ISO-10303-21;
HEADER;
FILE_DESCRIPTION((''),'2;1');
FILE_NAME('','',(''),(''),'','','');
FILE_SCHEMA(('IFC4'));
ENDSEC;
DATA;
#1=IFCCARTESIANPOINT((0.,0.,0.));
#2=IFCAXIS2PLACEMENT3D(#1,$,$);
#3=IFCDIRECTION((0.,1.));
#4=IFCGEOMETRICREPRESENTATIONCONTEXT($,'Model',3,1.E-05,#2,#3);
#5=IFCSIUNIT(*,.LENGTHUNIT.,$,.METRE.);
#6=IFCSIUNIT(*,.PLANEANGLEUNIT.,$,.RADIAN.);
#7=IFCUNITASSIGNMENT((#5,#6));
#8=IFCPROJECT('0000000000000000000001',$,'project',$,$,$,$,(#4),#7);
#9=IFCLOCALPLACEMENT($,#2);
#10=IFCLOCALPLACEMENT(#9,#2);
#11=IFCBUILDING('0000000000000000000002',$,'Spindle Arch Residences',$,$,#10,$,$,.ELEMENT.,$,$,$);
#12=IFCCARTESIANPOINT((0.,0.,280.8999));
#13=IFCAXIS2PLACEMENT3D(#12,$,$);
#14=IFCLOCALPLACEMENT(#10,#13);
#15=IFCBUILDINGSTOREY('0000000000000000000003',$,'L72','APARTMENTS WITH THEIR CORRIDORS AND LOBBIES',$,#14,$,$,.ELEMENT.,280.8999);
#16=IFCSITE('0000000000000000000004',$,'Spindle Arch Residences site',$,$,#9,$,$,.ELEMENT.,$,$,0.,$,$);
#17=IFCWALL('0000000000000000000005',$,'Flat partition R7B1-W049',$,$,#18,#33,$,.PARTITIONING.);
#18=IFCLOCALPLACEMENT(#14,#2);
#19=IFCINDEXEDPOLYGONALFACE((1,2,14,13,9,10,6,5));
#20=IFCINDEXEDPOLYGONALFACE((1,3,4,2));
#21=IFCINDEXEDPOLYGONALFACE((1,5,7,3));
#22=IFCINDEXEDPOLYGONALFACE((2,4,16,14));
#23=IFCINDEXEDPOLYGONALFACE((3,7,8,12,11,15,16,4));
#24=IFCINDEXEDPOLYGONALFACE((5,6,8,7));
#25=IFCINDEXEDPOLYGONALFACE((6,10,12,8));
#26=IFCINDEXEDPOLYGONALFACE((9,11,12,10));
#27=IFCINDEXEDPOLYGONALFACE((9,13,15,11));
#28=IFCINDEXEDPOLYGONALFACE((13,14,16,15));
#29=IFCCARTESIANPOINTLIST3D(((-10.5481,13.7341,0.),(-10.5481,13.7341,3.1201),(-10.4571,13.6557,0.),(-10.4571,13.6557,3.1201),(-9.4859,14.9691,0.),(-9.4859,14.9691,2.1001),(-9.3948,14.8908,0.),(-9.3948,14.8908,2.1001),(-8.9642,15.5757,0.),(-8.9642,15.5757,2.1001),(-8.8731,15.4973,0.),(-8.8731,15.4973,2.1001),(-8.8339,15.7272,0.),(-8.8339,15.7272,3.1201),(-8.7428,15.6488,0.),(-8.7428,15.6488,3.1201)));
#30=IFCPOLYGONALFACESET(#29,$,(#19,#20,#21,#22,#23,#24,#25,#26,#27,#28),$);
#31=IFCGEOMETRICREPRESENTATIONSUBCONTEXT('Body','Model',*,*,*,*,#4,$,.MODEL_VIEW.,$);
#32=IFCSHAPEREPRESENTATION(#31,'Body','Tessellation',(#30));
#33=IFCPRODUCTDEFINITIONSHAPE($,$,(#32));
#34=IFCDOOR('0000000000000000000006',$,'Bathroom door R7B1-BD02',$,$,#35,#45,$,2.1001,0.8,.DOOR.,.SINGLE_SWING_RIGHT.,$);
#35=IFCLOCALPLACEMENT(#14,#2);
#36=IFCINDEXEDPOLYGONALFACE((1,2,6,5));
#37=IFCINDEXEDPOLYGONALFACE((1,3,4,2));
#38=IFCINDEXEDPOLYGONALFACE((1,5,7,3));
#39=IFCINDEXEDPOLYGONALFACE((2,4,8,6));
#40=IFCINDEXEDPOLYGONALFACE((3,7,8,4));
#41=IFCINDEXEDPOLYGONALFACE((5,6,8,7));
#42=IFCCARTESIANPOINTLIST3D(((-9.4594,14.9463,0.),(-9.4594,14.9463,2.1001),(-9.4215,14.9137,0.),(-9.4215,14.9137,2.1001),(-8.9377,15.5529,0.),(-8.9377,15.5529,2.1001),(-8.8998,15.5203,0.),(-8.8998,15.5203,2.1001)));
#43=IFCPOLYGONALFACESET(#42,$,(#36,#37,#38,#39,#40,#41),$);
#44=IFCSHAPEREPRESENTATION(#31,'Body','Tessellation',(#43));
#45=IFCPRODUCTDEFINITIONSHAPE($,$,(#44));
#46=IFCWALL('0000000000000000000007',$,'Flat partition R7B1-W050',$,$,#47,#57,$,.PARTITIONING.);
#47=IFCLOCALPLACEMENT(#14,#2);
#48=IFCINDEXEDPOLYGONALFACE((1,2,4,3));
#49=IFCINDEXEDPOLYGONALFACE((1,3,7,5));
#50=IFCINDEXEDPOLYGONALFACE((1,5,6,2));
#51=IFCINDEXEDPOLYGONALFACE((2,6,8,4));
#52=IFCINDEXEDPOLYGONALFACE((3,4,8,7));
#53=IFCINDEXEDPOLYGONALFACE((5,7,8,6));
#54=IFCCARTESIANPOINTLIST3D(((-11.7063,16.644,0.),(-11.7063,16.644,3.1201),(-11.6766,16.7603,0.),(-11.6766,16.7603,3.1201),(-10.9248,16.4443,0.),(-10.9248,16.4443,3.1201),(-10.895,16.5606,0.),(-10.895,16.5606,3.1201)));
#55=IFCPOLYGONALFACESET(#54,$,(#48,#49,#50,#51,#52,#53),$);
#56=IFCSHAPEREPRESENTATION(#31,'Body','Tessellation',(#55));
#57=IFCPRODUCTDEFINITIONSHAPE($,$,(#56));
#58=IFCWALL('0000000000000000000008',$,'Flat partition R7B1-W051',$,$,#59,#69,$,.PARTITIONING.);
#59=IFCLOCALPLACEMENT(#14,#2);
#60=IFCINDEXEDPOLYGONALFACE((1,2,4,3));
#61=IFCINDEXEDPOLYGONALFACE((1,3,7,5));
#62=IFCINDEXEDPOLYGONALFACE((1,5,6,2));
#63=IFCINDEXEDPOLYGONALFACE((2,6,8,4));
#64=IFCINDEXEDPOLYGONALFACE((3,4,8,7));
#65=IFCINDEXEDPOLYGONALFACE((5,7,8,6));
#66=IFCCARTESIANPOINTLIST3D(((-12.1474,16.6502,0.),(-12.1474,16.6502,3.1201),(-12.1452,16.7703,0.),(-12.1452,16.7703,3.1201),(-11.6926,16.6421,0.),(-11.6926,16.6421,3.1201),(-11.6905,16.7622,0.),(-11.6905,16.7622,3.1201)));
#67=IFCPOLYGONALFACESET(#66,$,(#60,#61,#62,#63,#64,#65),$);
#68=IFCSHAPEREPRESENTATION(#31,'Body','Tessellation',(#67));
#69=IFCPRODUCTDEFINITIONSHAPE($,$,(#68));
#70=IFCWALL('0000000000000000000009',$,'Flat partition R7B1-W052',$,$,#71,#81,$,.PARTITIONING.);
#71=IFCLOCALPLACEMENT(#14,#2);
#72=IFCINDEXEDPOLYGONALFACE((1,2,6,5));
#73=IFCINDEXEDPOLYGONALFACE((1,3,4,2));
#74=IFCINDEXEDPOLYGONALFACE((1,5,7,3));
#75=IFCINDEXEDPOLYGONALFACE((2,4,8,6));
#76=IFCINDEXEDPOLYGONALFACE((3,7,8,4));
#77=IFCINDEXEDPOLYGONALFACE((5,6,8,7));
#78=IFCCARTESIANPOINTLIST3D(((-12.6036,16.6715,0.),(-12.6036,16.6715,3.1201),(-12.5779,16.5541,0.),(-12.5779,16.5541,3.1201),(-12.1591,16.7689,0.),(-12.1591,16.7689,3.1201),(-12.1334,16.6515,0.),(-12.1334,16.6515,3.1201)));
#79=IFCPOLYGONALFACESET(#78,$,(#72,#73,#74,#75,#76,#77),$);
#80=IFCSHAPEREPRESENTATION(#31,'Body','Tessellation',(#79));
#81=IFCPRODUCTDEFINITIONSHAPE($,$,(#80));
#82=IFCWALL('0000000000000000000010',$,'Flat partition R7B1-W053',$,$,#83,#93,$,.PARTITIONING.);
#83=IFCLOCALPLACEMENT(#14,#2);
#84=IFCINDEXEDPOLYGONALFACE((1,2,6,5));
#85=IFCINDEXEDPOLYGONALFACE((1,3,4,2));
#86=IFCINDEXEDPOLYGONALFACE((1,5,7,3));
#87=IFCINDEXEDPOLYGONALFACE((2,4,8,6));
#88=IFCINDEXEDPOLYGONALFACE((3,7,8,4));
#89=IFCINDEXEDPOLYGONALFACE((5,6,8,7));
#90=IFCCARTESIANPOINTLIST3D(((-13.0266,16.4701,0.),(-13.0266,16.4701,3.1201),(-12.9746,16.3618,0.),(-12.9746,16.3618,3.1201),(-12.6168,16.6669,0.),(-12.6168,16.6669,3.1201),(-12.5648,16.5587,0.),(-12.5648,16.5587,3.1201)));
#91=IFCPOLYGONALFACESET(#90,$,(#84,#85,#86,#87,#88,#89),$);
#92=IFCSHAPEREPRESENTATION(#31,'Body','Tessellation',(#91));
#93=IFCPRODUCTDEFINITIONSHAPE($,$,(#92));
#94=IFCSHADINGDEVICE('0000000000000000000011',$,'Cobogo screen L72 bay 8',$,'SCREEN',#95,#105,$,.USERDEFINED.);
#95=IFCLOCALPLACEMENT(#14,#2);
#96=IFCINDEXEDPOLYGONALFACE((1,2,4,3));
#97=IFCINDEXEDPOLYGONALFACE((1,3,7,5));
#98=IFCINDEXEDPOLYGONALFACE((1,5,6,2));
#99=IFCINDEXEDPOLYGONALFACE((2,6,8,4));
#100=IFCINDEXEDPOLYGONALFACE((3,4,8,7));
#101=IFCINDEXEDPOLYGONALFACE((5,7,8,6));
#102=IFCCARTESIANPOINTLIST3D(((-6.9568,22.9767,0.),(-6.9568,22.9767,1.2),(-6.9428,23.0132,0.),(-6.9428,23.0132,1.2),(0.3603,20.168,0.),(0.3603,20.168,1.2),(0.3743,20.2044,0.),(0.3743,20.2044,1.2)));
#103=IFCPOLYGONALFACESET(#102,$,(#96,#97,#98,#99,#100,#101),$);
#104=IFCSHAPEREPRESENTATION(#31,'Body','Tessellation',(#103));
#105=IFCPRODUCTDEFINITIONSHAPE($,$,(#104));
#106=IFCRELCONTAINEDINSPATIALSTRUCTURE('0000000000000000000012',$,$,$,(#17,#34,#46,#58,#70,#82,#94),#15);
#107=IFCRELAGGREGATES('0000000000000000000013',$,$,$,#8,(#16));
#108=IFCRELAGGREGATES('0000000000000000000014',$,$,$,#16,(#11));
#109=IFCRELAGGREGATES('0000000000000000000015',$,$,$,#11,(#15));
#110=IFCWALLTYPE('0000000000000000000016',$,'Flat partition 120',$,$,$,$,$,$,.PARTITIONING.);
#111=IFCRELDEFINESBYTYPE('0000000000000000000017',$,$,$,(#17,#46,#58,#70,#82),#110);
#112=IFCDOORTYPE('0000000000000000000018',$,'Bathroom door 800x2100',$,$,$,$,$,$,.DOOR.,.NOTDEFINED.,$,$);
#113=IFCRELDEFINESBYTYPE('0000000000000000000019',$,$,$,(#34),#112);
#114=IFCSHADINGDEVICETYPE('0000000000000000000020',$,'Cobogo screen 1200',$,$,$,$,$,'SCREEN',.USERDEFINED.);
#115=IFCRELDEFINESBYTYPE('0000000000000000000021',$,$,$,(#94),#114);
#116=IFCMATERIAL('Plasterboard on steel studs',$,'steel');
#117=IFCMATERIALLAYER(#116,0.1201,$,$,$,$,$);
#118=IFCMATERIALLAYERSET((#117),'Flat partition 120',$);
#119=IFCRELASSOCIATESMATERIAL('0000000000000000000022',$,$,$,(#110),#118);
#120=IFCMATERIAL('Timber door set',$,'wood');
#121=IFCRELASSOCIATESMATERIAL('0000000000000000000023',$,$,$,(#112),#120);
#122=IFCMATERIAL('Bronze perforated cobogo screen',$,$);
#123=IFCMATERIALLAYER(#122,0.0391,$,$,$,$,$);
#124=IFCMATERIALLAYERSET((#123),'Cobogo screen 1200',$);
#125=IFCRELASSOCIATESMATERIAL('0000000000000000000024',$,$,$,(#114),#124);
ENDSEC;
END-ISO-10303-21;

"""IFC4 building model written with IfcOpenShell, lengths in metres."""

from ifc_helpers import new_model, si_unit, direction, frame, frame_2d, origin, origin_2d, place, context, subcontext, project, spatial, rectangle, extrude, material, layer, layer_set, type_object, element, fill, save


model = new_model("IFC4")

# Units and contexts
model_context = context("Model", 3, precision=1e-05, world=origin(), true_north=direction((0.0, 1.0)))
body_context = subcontext(model_context, "Body", "Model", "MODEL_VIEW")
ifc_project = project(units=[si_unit("LENGTHUNIT", "METRE"), si_unit("PLANEANGLEUNIT", "RADIAN")], contexts=[model_context])

# Site, building, storey
site_placement = place(None, origin())
site = spatial("IfcSite", under=ifc_project, at=site_placement, Name="Spindle Arch Residences site", CompositionType="ELEMENT", RefElevation=0.0)
building_placement = place(site_placement, origin())
building = spatial("IfcBuilding", under=site, at=building_placement, Name="Spindle Arch Residences", CompositionType="ELEMENT")
storey_placement = place(building_placement, frame((0.0, 0.0, 280.8999)))
storey = spatial("IfcBuildingStorey", under=building, at=storey_placement, Name="L72", Description="APARTMENTS WITH THEIR CORRIDORS AND LOBBIES", CompositionType="ELEMENT", Elevation=280.8999)

# Shared definitions
ifc_material_1 = material(Name="Plasterboard on steel studs", Category="steel")
ifc_layer_1 = layer(ifc_material_1, 0.1201)
ifc_layer_set_1 = layer_set([ifc_layer_1], Name="Flat partition 120")
wall_type = type_object("IfcWallType", Name="Flat partition 120", PredefinedType="PARTITIONING", material=ifc_layer_set_1)

# Wall, opening, door
wall_1_placement = place(storey_placement, frame((-8.7883, 15.688, 0.0), z_axis=(0.0, 0.0, 1.0), x_axis=(-0.652091, -0.758141, 0.0)))
wall_1 = element("IfcWall", 1, at=wall_1_placement, inside=storey, type_object=wall_type, Name="Flat partition R7B1-W049", PredefinedType="PARTITIONING", context=body_context, shape_type="SweptSolid", body=[
    extrude(rectangle(XDim=2.6289, YDim=0.1201, at=frame_2d((1.3145, 0.0))), origin(), (0.0, 0.0, 1.0), 3.1201),
])
opening_1_placement = place(wall_1_placement, frame((0.2, 0.0, 0.0)))
opening_1 = element("IfcOpeningElement", 2, at=opening_1_placement, cuts=wall_1, PredefinedType="OPENING", context=body_context, shape_type="SweptSolid", body=[
    extrude(rectangle(XDim=0.8, YDim=2.1001, at=frame_2d((0.3999, 1.05))), frame((0.0, 0.0701, 0.0), z_axis=(0.0, -1.0, 0.0), x_axis=(1.0, 0.0, 0.0)), (0.0, 0.0, 1.0), 0.1401),
])
ifc_material_2 = material(Name="Timber door set", Category="wood")
door_type_1 = type_object("IfcDoorType", Name="Bathroom door 800x2100", OperationType="NOTDEFINED", PredefinedType="DOOR", material=ifc_material_2)
door_1_placement = place(opening_1_placement, origin())
door_1 = element("IfcDoor", 3, at=door_1_placement, inside=storey, type_object=door_type_1, Name="Bathroom door R7B1-BD02", OperationType="SINGLE_SWING_RIGHT", OverallHeight=2.1001, OverallWidth=0.8, PredefinedType="DOOR", context=body_context, shape_type="SweptSolid", body=[
    extrude(rectangle(XDim=0.8, YDim=2.1001, at=frame_2d((0.3999, 1.05))), frame((0.0, 0.0249, 0.0), z_axis=(0.0, -1.0, 0.0), x_axis=(1.0, 0.0, 0.0)), (0.0, 0.0, 1.0), 0.05),
])
fill(opening_1, door_1)

# Walls
wall_2_placement = place(storey_placement, frame((-10.9099, 16.5024, 0.0), z_axis=(0.0, 0.0, 1.0), x_axis=(-0.968865, 0.247589, 0.0)))
element("IfcWall", 4, at=wall_2_placement, inside=storey, type_object=wall_type, Name="Flat partition R7B1-W050", PredefinedType="PARTITIONING", context=body_context, shape_type="SweptSolid", body=[
    extrude(rectangle(XDim=0.8066, YDim=0.1201, at=frame_2d((0.4033, 0.0))), origin(), (0.0, 0.0, 1.0), 3.1201),
])
wall_3_placement = place(storey_placement, frame((-11.6914, 16.7021, 0.0), z_axis=(0.0, 0.0, 1.0), x_axis=(-0.999843, 0.017711, 0.0)))
element("IfcWall", 5, at=wall_3_placement, inside=storey, type_object=wall_type, Name="Flat partition R7B1-W051", PredefinedType="PARTITIONING", context=body_context, shape_type="SweptSolid", body=[
    extrude(rectangle(XDim=0.4548, YDim=0.1201, at=frame_2d((0.2275, 0.0))), origin(), (0.0, 0.0, 1.0), 3.1201),
])
wall_4_placement = place(storey_placement, frame((-12.1462, 16.7102, 0.0), z_axis=(0.0, 0.0, 1.0), x_axis=(-0.976826, -0.214033, 0.0)))
element("IfcWall", 6, at=wall_4_placement, inside=storey, type_object=wall_type, Name="Flat partition R7B1-W052", PredefinedType="PARTITIONING", context=body_context, shape_type="SweptSolid", body=[
    extrude(rectangle(XDim=0.4551, YDim=0.1201, at=frame_2d((0.2275, 0.0))), origin(), (0.0, 0.0, 1.0), 3.1201),
])
wall_5_placement = place(storey_placement, frame((-12.5908, 16.6128, 0.0), z_axis=(0.0, 0.0, 1.0), x_axis=(-0.901406, -0.432976, 0.0)))
element("IfcWall", 7, at=wall_5_placement, inside=storey, type_object=wall_type, Name="Flat partition R7B1-W053", PredefinedType="PARTITIONING", context=body_context, shape_type="SweptSolid", body=[
    extrude(rectangle(XDim=0.4546, YDim=0.1201, at=frame_2d((0.2273, 0.0))), origin(), (0.0, 0.0, 1.0), 3.1201),
])

# Shading device
ifc_material_3 = material(Name="Bronze perforated cobogo screen")
ifc_layer_2 = layer(ifc_material_3, 0.0391)
ifc_layer_set_2 = layer_set([ifc_layer_2], Name="Cobogo screen 1200")
shading_device_type = type_object("IfcShadingDeviceType", Name="Cobogo screen 1200", ElementType="SCREEN", PredefinedType="USERDEFINED", material=ifc_layer_set_2)
shading_device_placement = place(storey_placement, frame((-3.2913, 21.5906, 0.0), z_axis=(0.0, 0.0, 1.0), x_axis=(-0.93358, 0.358368, 0.0)))
element("IfcShadingDevice", 8, at=shading_device_placement, inside=storey, type_object=shading_device_type, Name="Cobogo screen L72 bay 8", ObjectType="SCREEN", PredefinedType="USERDEFINED", context=body_context, shape_type="SweptSolid", body=[
    extrude(rectangle(XDim=7.8376, YDim=0.0391, at=origin_2d()), origin(), (0.0, 0.0, 1.0), 1.2),
])

save(model, "model.ifc")
